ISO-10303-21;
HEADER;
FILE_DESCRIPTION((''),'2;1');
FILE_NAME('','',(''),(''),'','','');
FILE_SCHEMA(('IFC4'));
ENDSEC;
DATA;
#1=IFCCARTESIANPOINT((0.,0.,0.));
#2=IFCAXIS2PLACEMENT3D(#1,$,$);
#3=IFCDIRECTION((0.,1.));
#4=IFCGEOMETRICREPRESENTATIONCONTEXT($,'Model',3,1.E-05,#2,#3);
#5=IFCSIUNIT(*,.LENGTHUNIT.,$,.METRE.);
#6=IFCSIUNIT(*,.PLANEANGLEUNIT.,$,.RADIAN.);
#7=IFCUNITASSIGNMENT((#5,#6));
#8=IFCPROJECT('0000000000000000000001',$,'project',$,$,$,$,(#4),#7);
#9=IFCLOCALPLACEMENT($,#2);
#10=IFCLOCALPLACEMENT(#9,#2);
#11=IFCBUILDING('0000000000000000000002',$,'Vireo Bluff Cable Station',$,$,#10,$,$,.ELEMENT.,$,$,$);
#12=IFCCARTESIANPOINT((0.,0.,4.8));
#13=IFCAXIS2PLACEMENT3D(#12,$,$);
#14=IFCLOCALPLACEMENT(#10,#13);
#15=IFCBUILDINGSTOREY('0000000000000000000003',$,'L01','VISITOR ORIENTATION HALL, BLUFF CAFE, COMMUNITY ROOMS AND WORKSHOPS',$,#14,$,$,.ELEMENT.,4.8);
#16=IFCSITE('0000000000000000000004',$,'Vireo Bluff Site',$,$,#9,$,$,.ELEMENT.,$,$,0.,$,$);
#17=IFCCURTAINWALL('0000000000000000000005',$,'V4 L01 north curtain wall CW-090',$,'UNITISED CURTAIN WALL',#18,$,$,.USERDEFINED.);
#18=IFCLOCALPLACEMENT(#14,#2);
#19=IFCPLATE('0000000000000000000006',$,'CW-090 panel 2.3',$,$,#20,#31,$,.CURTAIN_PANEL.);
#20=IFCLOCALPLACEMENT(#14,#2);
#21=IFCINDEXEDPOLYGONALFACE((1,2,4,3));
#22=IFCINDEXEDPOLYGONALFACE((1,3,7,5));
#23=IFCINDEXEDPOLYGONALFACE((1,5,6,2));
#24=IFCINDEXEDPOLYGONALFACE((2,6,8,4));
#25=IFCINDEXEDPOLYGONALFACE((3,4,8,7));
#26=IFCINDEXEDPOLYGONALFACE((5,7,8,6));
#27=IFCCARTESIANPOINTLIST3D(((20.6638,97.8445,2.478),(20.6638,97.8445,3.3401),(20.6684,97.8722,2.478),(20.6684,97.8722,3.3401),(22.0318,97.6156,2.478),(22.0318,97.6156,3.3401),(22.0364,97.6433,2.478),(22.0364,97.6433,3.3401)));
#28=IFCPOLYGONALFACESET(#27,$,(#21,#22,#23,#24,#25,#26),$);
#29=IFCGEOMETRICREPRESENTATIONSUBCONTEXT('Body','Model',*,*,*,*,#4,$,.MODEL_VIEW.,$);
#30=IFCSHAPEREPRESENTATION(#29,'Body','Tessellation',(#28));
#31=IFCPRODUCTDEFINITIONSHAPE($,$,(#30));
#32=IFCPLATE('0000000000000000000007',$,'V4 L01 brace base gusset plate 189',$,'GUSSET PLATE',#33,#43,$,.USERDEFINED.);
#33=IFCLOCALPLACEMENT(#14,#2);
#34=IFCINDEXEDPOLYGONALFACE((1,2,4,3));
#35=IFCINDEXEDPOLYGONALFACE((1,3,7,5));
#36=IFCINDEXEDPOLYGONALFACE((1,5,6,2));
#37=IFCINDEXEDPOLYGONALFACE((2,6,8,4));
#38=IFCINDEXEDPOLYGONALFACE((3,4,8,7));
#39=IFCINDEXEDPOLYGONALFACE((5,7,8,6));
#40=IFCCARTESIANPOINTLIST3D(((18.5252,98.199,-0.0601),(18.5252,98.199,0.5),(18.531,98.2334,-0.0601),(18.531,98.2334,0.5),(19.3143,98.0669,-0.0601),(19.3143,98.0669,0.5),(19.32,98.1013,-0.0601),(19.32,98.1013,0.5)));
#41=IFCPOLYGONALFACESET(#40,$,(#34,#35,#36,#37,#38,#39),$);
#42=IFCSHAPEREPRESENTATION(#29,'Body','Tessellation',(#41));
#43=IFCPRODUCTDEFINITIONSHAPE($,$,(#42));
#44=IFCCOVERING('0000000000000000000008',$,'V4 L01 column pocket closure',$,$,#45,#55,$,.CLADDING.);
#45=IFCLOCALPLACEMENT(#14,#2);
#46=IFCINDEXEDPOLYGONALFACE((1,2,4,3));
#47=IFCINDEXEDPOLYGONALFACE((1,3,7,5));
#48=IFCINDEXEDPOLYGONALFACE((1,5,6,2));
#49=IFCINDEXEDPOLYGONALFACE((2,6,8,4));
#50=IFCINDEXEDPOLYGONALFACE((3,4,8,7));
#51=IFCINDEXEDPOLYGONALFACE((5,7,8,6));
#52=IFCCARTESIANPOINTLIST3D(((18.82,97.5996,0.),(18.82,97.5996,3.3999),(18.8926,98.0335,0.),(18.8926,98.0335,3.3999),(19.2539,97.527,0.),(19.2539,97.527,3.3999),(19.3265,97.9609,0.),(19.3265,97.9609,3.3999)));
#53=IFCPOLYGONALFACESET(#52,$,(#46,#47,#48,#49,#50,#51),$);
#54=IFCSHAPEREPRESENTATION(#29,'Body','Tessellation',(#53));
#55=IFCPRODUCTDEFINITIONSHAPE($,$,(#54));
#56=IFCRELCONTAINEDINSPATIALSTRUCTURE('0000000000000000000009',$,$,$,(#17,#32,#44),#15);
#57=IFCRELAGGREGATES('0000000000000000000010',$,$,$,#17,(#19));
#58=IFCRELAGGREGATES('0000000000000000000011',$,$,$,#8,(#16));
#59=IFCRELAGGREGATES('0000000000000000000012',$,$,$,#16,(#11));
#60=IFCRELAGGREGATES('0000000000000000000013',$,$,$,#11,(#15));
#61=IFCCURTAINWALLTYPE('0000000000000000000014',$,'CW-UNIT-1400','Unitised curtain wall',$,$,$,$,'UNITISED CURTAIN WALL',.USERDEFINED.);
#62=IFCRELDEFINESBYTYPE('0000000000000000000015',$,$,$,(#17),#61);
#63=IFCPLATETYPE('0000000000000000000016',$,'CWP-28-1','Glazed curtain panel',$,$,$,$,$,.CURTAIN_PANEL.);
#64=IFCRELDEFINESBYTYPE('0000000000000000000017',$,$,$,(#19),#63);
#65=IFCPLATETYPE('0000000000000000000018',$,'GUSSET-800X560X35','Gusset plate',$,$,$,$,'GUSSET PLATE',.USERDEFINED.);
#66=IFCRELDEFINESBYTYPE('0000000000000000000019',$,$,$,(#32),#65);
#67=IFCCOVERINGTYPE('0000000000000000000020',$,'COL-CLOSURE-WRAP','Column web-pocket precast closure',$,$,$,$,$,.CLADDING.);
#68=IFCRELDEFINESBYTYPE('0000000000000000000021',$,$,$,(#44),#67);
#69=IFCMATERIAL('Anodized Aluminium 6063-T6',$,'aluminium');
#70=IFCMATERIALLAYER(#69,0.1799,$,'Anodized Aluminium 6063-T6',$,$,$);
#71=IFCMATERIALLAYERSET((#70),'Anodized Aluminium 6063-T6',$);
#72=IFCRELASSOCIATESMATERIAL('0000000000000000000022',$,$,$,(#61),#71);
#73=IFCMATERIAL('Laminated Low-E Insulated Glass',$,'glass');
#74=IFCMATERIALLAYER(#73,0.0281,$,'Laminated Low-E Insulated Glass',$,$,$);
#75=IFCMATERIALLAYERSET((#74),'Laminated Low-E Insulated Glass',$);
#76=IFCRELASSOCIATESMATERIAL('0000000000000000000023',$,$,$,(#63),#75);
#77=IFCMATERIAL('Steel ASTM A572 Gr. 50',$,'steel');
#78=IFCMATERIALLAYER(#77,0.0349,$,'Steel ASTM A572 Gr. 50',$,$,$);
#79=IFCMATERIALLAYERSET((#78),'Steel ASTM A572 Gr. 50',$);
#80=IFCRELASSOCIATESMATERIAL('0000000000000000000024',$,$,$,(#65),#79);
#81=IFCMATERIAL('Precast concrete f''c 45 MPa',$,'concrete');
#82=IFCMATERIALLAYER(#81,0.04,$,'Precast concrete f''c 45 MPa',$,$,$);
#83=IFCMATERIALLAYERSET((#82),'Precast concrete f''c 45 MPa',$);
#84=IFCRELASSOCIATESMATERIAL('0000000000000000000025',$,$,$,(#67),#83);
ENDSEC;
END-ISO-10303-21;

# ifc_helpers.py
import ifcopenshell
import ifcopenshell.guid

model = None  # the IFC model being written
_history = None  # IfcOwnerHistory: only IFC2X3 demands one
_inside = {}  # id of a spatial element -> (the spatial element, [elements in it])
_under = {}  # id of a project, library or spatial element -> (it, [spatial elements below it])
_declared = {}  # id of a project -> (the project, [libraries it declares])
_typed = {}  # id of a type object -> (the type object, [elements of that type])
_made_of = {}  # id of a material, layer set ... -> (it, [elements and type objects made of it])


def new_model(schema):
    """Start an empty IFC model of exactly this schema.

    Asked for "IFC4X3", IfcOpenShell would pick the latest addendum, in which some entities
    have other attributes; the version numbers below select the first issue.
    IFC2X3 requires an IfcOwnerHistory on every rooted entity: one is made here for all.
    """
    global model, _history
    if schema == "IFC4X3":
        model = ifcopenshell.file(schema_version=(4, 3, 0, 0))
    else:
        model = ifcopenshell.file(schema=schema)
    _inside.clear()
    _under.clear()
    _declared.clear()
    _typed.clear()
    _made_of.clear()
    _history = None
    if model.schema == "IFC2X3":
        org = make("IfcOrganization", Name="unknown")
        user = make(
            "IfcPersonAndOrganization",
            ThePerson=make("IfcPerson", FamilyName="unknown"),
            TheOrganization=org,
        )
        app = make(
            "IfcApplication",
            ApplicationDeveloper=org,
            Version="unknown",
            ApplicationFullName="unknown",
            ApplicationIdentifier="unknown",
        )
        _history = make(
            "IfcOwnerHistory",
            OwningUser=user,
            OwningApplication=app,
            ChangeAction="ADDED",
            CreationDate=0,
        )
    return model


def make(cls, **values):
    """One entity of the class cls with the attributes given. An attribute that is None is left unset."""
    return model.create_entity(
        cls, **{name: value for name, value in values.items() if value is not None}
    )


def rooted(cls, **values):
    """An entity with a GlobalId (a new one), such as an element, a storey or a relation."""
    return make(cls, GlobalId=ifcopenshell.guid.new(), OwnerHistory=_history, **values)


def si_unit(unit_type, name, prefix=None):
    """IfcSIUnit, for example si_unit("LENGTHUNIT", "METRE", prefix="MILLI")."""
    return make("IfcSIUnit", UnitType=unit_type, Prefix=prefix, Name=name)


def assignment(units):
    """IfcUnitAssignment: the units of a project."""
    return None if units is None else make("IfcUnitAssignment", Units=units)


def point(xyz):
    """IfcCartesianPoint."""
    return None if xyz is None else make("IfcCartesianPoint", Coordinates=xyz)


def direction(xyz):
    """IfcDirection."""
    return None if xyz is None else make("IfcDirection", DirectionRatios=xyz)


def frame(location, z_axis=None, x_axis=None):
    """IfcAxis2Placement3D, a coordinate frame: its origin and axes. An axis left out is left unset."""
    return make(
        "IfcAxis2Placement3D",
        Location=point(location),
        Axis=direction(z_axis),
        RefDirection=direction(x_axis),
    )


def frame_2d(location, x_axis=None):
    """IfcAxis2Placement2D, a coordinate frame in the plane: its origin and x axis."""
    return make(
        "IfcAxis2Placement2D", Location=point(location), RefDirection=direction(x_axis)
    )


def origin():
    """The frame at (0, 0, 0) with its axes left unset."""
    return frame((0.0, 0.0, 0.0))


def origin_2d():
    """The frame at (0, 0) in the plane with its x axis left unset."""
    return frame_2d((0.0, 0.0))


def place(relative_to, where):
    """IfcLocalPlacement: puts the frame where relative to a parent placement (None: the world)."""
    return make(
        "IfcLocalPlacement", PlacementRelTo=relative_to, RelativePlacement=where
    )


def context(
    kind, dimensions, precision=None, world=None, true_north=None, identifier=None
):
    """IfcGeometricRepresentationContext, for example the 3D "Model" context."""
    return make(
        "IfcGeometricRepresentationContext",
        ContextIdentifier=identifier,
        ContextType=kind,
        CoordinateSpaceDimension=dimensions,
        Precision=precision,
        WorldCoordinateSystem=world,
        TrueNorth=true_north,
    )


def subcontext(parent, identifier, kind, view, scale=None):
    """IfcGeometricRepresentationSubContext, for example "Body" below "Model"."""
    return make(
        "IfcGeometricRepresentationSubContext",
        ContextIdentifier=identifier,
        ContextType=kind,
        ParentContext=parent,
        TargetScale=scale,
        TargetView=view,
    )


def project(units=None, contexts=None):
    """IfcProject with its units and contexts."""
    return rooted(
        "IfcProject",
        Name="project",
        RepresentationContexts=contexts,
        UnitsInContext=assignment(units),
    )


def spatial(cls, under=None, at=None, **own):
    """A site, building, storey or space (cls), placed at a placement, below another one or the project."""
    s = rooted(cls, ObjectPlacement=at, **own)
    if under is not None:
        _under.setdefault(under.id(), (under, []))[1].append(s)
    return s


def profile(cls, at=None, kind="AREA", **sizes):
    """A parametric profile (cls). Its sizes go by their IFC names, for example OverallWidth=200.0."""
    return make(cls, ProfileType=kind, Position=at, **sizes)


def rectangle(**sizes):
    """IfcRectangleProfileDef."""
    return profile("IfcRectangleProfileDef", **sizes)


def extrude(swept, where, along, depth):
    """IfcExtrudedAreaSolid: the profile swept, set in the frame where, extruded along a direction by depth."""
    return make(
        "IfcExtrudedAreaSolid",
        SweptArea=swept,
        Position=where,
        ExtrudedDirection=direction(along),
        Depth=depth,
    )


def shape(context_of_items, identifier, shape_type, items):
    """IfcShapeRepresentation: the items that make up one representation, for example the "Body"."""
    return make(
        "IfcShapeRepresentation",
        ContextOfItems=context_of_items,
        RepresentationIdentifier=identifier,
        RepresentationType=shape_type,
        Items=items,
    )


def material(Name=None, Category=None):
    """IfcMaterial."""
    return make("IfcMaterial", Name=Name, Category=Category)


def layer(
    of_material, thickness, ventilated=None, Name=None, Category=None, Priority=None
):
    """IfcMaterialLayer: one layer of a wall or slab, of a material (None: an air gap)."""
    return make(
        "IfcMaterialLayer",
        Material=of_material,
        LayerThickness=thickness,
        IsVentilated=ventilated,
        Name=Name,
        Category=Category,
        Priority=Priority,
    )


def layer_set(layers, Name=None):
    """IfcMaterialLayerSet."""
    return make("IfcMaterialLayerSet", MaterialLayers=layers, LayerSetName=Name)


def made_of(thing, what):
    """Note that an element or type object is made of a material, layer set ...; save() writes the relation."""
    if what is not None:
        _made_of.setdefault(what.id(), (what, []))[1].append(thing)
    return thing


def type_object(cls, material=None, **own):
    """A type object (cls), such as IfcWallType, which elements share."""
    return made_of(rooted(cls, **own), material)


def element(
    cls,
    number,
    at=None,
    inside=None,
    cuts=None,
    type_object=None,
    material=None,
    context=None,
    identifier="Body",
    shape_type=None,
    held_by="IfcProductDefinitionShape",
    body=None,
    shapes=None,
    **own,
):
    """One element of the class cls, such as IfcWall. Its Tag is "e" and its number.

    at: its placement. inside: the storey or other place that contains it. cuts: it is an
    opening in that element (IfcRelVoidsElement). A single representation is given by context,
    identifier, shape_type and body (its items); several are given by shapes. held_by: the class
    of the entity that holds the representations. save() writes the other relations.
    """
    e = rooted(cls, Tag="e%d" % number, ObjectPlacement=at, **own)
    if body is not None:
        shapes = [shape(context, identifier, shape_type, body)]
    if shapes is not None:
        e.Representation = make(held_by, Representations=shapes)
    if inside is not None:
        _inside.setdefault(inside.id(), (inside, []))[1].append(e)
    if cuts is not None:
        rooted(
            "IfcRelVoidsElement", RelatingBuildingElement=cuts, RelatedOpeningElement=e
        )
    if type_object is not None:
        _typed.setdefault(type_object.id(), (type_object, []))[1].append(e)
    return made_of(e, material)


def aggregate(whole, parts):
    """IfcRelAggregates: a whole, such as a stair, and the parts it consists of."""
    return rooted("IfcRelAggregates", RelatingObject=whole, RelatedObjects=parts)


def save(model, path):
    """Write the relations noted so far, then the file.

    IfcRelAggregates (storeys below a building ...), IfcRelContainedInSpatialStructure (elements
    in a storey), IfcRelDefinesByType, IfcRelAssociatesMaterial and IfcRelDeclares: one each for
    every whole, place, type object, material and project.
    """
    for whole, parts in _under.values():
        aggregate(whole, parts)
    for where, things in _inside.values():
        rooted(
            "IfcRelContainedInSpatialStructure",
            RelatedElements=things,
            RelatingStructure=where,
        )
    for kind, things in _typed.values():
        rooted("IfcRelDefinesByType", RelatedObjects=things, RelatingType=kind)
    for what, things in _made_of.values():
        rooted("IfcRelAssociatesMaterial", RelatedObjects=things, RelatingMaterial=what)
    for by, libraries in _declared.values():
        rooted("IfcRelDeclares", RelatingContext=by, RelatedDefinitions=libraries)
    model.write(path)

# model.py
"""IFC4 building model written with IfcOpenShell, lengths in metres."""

from ifc_helpers import new_model, si_unit, direction, frame, origin, origin_2d, place, context, subcontext, project, spatial, rectangle, extrude, material, layer, layer_set, type_object, element, aggregate, save


model = new_model("IFC4")

# Units and contexts
model_context = context("Model", 3, precision=1e-05, world=origin(), true_north=direction((0.0, 1.0)))
body_context = subcontext(model_context, "Body", "Model", "MODEL_VIEW")
ifc_project = project(units=[si_unit("LENGTHUNIT", "METRE"), si_unit("PLANEANGLEUNIT", "RADIAN")], contexts=[model_context])

# Site, building, storey
site_placement = place(None, origin())
site = spatial("IfcSite", under=ifc_project, at=site_placement, Name="Vireo Bluff Site", CompositionType="ELEMENT", RefElevation=0.0)
building_placement = place(site_placement, origin())
building = spatial("IfcBuilding", under=site, at=building_placement, Name="Vireo Bluff Cable Station", CompositionType="ELEMENT")
storey_placement = place(building_placement, frame((0.0, 0.0, 4.8)))
storey = spatial("IfcBuildingStorey", under=building, at=storey_placement, Name="L01", Description="VISITOR ORIENTATION HALL, BLUFF CAFE, COMMUNITY ROOMS AND WORKSHOPS", CompositionType="ELEMENT", Elevation=4.8)

# Curtain wall
ifc_material_1 = material(Name="Anodized Aluminium 6063-T6", Category="aluminium")
ifc_layer_1 = layer(ifc_material_1, 0.1799, Name="Anodized Aluminium 6063-T6")
ifc_layer_set_1 = layer_set([ifc_layer_1], Name="Anodized Aluminium 6063-T6")
curtain_wall_type = type_object("IfcCurtainWallType", Name="CW-UNIT-1400", Description="Unitised curtain wall", ElementType="UNITISED CURTAIN WALL", PredefinedType="USERDEFINED", material=ifc_layer_set_1)
curtain_wall_placement = place(storey_placement, origin())
curtain_wall = element("IfcCurtainWall", 1, at=curtain_wall_placement, inside=storey, type_object=curtain_wall_type, Name="V4 L01 north curtain wall CW-090", ObjectType="UNITISED CURTAIN WALL", PredefinedType="USERDEFINED")

# Plates
ifc_material_2 = material(Name="Laminated Low-E Insulated Glass", Category="glass")
ifc_layer_2 = layer(ifc_material_2, 0.0281, Name="Laminated Low-E Insulated Glass")
ifc_layer_set_2 = layer_set([ifc_layer_2], Name="Laminated Low-E Insulated Glass")
plate_type_1 = type_object("IfcPlateType", Name="CWP-28-1", Description="Glazed curtain panel", PredefinedType="CURTAIN_PANEL", material=ifc_layer_set_2)
plate_1_placement = place(storey_placement, frame((21.3501, 97.7439, 2.478), z_axis=(0.0, 0.0, 1.0), x_axis=(0.986286, -0.165048, 0.0)))
plate_1 = element("IfcPlate", 2, at=plate_1_placement, type_object=plate_type_1, Name="CW-090 panel 2.3", PredefinedType="CURTAIN_PANEL", context=body_context, shape_type="SweptSolid", body=[
    extrude(rectangle(XDim=1.387, YDim=0.0281, at=origin_2d()), origin(), (0.0, 0.0, 1.0), 0.8621),
])
aggregate(curtain_wall, [plate_1])
ifc_material_3 = material(Name="Steel ASTM A572 Gr. 50", Category="steel")
ifc_layer_3 = layer(ifc_material_3, 0.0349, Name="Steel ASTM A572 Gr. 50")
ifc_layer_set_3 = layer_set([ifc_layer_3], Name="Steel ASTM A572 Gr. 50")
plate_type_2 = type_object("IfcPlateType", Name="GUSSET-800X560X35", Description="Gusset plate", ElementType="GUSSET PLATE", PredefinedType="USERDEFINED", material=ifc_layer_set_3)
plate_2_placement = place(storey_placement, frame((18.9226, 98.1501, -0.0601), z_axis=(0.0, 0.0, 1.0), x_axis=(0.986286, -0.165048, 0.0)))
element("IfcPlate", 3, at=plate_2_placement, inside=storey, type_object=plate_type_2, Name="V4 L01 brace base gusset plate 189", ObjectType="GUSSET PLATE", PredefinedType="USERDEFINED", context=body_context, shape_type="SweptSolid", body=[
    extrude(rectangle(XDim=0.8, YDim=0.0349, at=origin_2d()), origin(), (0.0, 0.0, 1.0), 0.5601),
])

# Covering
ifc_material_4 = material(Name="Precast concrete f'c 45 MPa", Category="concrete")
ifc_layer_4 = layer(ifc_material_4, 0.04, Name="Precast concrete f'c 45 MPa")
ifc_layer_set_4 = layer_set([ifc_layer_4], Name="Precast concrete f'c 45 MPa")
covering_type = type_object("IfcCoveringType", Name="COL-CLOSURE-WRAP", Description="Column web-pocket precast closure", PredefinedType="CLADDING", material=ifc_layer_set_4)
covering_placement = place(storey_placement, frame((19.0732, 97.7803, 0.0), z_axis=(0.0, 0.0, 1.0), x_axis=(0.986286, -0.165048, 0.0)))
element("IfcCovering", 4, at=covering_placement, inside=storey, type_object=covering_type, Name="V4 L01 column pocket closure", PredefinedType="CLADDING", context=body_context, shape_type="SweptSolid", body=[
    extrude(rectangle(XDim=0.4399, YDim=0.4399, at=origin_2d()), origin(), (0.0, 0.0, 1.0), 3.3999),
])

save(model, "model.ifc")
